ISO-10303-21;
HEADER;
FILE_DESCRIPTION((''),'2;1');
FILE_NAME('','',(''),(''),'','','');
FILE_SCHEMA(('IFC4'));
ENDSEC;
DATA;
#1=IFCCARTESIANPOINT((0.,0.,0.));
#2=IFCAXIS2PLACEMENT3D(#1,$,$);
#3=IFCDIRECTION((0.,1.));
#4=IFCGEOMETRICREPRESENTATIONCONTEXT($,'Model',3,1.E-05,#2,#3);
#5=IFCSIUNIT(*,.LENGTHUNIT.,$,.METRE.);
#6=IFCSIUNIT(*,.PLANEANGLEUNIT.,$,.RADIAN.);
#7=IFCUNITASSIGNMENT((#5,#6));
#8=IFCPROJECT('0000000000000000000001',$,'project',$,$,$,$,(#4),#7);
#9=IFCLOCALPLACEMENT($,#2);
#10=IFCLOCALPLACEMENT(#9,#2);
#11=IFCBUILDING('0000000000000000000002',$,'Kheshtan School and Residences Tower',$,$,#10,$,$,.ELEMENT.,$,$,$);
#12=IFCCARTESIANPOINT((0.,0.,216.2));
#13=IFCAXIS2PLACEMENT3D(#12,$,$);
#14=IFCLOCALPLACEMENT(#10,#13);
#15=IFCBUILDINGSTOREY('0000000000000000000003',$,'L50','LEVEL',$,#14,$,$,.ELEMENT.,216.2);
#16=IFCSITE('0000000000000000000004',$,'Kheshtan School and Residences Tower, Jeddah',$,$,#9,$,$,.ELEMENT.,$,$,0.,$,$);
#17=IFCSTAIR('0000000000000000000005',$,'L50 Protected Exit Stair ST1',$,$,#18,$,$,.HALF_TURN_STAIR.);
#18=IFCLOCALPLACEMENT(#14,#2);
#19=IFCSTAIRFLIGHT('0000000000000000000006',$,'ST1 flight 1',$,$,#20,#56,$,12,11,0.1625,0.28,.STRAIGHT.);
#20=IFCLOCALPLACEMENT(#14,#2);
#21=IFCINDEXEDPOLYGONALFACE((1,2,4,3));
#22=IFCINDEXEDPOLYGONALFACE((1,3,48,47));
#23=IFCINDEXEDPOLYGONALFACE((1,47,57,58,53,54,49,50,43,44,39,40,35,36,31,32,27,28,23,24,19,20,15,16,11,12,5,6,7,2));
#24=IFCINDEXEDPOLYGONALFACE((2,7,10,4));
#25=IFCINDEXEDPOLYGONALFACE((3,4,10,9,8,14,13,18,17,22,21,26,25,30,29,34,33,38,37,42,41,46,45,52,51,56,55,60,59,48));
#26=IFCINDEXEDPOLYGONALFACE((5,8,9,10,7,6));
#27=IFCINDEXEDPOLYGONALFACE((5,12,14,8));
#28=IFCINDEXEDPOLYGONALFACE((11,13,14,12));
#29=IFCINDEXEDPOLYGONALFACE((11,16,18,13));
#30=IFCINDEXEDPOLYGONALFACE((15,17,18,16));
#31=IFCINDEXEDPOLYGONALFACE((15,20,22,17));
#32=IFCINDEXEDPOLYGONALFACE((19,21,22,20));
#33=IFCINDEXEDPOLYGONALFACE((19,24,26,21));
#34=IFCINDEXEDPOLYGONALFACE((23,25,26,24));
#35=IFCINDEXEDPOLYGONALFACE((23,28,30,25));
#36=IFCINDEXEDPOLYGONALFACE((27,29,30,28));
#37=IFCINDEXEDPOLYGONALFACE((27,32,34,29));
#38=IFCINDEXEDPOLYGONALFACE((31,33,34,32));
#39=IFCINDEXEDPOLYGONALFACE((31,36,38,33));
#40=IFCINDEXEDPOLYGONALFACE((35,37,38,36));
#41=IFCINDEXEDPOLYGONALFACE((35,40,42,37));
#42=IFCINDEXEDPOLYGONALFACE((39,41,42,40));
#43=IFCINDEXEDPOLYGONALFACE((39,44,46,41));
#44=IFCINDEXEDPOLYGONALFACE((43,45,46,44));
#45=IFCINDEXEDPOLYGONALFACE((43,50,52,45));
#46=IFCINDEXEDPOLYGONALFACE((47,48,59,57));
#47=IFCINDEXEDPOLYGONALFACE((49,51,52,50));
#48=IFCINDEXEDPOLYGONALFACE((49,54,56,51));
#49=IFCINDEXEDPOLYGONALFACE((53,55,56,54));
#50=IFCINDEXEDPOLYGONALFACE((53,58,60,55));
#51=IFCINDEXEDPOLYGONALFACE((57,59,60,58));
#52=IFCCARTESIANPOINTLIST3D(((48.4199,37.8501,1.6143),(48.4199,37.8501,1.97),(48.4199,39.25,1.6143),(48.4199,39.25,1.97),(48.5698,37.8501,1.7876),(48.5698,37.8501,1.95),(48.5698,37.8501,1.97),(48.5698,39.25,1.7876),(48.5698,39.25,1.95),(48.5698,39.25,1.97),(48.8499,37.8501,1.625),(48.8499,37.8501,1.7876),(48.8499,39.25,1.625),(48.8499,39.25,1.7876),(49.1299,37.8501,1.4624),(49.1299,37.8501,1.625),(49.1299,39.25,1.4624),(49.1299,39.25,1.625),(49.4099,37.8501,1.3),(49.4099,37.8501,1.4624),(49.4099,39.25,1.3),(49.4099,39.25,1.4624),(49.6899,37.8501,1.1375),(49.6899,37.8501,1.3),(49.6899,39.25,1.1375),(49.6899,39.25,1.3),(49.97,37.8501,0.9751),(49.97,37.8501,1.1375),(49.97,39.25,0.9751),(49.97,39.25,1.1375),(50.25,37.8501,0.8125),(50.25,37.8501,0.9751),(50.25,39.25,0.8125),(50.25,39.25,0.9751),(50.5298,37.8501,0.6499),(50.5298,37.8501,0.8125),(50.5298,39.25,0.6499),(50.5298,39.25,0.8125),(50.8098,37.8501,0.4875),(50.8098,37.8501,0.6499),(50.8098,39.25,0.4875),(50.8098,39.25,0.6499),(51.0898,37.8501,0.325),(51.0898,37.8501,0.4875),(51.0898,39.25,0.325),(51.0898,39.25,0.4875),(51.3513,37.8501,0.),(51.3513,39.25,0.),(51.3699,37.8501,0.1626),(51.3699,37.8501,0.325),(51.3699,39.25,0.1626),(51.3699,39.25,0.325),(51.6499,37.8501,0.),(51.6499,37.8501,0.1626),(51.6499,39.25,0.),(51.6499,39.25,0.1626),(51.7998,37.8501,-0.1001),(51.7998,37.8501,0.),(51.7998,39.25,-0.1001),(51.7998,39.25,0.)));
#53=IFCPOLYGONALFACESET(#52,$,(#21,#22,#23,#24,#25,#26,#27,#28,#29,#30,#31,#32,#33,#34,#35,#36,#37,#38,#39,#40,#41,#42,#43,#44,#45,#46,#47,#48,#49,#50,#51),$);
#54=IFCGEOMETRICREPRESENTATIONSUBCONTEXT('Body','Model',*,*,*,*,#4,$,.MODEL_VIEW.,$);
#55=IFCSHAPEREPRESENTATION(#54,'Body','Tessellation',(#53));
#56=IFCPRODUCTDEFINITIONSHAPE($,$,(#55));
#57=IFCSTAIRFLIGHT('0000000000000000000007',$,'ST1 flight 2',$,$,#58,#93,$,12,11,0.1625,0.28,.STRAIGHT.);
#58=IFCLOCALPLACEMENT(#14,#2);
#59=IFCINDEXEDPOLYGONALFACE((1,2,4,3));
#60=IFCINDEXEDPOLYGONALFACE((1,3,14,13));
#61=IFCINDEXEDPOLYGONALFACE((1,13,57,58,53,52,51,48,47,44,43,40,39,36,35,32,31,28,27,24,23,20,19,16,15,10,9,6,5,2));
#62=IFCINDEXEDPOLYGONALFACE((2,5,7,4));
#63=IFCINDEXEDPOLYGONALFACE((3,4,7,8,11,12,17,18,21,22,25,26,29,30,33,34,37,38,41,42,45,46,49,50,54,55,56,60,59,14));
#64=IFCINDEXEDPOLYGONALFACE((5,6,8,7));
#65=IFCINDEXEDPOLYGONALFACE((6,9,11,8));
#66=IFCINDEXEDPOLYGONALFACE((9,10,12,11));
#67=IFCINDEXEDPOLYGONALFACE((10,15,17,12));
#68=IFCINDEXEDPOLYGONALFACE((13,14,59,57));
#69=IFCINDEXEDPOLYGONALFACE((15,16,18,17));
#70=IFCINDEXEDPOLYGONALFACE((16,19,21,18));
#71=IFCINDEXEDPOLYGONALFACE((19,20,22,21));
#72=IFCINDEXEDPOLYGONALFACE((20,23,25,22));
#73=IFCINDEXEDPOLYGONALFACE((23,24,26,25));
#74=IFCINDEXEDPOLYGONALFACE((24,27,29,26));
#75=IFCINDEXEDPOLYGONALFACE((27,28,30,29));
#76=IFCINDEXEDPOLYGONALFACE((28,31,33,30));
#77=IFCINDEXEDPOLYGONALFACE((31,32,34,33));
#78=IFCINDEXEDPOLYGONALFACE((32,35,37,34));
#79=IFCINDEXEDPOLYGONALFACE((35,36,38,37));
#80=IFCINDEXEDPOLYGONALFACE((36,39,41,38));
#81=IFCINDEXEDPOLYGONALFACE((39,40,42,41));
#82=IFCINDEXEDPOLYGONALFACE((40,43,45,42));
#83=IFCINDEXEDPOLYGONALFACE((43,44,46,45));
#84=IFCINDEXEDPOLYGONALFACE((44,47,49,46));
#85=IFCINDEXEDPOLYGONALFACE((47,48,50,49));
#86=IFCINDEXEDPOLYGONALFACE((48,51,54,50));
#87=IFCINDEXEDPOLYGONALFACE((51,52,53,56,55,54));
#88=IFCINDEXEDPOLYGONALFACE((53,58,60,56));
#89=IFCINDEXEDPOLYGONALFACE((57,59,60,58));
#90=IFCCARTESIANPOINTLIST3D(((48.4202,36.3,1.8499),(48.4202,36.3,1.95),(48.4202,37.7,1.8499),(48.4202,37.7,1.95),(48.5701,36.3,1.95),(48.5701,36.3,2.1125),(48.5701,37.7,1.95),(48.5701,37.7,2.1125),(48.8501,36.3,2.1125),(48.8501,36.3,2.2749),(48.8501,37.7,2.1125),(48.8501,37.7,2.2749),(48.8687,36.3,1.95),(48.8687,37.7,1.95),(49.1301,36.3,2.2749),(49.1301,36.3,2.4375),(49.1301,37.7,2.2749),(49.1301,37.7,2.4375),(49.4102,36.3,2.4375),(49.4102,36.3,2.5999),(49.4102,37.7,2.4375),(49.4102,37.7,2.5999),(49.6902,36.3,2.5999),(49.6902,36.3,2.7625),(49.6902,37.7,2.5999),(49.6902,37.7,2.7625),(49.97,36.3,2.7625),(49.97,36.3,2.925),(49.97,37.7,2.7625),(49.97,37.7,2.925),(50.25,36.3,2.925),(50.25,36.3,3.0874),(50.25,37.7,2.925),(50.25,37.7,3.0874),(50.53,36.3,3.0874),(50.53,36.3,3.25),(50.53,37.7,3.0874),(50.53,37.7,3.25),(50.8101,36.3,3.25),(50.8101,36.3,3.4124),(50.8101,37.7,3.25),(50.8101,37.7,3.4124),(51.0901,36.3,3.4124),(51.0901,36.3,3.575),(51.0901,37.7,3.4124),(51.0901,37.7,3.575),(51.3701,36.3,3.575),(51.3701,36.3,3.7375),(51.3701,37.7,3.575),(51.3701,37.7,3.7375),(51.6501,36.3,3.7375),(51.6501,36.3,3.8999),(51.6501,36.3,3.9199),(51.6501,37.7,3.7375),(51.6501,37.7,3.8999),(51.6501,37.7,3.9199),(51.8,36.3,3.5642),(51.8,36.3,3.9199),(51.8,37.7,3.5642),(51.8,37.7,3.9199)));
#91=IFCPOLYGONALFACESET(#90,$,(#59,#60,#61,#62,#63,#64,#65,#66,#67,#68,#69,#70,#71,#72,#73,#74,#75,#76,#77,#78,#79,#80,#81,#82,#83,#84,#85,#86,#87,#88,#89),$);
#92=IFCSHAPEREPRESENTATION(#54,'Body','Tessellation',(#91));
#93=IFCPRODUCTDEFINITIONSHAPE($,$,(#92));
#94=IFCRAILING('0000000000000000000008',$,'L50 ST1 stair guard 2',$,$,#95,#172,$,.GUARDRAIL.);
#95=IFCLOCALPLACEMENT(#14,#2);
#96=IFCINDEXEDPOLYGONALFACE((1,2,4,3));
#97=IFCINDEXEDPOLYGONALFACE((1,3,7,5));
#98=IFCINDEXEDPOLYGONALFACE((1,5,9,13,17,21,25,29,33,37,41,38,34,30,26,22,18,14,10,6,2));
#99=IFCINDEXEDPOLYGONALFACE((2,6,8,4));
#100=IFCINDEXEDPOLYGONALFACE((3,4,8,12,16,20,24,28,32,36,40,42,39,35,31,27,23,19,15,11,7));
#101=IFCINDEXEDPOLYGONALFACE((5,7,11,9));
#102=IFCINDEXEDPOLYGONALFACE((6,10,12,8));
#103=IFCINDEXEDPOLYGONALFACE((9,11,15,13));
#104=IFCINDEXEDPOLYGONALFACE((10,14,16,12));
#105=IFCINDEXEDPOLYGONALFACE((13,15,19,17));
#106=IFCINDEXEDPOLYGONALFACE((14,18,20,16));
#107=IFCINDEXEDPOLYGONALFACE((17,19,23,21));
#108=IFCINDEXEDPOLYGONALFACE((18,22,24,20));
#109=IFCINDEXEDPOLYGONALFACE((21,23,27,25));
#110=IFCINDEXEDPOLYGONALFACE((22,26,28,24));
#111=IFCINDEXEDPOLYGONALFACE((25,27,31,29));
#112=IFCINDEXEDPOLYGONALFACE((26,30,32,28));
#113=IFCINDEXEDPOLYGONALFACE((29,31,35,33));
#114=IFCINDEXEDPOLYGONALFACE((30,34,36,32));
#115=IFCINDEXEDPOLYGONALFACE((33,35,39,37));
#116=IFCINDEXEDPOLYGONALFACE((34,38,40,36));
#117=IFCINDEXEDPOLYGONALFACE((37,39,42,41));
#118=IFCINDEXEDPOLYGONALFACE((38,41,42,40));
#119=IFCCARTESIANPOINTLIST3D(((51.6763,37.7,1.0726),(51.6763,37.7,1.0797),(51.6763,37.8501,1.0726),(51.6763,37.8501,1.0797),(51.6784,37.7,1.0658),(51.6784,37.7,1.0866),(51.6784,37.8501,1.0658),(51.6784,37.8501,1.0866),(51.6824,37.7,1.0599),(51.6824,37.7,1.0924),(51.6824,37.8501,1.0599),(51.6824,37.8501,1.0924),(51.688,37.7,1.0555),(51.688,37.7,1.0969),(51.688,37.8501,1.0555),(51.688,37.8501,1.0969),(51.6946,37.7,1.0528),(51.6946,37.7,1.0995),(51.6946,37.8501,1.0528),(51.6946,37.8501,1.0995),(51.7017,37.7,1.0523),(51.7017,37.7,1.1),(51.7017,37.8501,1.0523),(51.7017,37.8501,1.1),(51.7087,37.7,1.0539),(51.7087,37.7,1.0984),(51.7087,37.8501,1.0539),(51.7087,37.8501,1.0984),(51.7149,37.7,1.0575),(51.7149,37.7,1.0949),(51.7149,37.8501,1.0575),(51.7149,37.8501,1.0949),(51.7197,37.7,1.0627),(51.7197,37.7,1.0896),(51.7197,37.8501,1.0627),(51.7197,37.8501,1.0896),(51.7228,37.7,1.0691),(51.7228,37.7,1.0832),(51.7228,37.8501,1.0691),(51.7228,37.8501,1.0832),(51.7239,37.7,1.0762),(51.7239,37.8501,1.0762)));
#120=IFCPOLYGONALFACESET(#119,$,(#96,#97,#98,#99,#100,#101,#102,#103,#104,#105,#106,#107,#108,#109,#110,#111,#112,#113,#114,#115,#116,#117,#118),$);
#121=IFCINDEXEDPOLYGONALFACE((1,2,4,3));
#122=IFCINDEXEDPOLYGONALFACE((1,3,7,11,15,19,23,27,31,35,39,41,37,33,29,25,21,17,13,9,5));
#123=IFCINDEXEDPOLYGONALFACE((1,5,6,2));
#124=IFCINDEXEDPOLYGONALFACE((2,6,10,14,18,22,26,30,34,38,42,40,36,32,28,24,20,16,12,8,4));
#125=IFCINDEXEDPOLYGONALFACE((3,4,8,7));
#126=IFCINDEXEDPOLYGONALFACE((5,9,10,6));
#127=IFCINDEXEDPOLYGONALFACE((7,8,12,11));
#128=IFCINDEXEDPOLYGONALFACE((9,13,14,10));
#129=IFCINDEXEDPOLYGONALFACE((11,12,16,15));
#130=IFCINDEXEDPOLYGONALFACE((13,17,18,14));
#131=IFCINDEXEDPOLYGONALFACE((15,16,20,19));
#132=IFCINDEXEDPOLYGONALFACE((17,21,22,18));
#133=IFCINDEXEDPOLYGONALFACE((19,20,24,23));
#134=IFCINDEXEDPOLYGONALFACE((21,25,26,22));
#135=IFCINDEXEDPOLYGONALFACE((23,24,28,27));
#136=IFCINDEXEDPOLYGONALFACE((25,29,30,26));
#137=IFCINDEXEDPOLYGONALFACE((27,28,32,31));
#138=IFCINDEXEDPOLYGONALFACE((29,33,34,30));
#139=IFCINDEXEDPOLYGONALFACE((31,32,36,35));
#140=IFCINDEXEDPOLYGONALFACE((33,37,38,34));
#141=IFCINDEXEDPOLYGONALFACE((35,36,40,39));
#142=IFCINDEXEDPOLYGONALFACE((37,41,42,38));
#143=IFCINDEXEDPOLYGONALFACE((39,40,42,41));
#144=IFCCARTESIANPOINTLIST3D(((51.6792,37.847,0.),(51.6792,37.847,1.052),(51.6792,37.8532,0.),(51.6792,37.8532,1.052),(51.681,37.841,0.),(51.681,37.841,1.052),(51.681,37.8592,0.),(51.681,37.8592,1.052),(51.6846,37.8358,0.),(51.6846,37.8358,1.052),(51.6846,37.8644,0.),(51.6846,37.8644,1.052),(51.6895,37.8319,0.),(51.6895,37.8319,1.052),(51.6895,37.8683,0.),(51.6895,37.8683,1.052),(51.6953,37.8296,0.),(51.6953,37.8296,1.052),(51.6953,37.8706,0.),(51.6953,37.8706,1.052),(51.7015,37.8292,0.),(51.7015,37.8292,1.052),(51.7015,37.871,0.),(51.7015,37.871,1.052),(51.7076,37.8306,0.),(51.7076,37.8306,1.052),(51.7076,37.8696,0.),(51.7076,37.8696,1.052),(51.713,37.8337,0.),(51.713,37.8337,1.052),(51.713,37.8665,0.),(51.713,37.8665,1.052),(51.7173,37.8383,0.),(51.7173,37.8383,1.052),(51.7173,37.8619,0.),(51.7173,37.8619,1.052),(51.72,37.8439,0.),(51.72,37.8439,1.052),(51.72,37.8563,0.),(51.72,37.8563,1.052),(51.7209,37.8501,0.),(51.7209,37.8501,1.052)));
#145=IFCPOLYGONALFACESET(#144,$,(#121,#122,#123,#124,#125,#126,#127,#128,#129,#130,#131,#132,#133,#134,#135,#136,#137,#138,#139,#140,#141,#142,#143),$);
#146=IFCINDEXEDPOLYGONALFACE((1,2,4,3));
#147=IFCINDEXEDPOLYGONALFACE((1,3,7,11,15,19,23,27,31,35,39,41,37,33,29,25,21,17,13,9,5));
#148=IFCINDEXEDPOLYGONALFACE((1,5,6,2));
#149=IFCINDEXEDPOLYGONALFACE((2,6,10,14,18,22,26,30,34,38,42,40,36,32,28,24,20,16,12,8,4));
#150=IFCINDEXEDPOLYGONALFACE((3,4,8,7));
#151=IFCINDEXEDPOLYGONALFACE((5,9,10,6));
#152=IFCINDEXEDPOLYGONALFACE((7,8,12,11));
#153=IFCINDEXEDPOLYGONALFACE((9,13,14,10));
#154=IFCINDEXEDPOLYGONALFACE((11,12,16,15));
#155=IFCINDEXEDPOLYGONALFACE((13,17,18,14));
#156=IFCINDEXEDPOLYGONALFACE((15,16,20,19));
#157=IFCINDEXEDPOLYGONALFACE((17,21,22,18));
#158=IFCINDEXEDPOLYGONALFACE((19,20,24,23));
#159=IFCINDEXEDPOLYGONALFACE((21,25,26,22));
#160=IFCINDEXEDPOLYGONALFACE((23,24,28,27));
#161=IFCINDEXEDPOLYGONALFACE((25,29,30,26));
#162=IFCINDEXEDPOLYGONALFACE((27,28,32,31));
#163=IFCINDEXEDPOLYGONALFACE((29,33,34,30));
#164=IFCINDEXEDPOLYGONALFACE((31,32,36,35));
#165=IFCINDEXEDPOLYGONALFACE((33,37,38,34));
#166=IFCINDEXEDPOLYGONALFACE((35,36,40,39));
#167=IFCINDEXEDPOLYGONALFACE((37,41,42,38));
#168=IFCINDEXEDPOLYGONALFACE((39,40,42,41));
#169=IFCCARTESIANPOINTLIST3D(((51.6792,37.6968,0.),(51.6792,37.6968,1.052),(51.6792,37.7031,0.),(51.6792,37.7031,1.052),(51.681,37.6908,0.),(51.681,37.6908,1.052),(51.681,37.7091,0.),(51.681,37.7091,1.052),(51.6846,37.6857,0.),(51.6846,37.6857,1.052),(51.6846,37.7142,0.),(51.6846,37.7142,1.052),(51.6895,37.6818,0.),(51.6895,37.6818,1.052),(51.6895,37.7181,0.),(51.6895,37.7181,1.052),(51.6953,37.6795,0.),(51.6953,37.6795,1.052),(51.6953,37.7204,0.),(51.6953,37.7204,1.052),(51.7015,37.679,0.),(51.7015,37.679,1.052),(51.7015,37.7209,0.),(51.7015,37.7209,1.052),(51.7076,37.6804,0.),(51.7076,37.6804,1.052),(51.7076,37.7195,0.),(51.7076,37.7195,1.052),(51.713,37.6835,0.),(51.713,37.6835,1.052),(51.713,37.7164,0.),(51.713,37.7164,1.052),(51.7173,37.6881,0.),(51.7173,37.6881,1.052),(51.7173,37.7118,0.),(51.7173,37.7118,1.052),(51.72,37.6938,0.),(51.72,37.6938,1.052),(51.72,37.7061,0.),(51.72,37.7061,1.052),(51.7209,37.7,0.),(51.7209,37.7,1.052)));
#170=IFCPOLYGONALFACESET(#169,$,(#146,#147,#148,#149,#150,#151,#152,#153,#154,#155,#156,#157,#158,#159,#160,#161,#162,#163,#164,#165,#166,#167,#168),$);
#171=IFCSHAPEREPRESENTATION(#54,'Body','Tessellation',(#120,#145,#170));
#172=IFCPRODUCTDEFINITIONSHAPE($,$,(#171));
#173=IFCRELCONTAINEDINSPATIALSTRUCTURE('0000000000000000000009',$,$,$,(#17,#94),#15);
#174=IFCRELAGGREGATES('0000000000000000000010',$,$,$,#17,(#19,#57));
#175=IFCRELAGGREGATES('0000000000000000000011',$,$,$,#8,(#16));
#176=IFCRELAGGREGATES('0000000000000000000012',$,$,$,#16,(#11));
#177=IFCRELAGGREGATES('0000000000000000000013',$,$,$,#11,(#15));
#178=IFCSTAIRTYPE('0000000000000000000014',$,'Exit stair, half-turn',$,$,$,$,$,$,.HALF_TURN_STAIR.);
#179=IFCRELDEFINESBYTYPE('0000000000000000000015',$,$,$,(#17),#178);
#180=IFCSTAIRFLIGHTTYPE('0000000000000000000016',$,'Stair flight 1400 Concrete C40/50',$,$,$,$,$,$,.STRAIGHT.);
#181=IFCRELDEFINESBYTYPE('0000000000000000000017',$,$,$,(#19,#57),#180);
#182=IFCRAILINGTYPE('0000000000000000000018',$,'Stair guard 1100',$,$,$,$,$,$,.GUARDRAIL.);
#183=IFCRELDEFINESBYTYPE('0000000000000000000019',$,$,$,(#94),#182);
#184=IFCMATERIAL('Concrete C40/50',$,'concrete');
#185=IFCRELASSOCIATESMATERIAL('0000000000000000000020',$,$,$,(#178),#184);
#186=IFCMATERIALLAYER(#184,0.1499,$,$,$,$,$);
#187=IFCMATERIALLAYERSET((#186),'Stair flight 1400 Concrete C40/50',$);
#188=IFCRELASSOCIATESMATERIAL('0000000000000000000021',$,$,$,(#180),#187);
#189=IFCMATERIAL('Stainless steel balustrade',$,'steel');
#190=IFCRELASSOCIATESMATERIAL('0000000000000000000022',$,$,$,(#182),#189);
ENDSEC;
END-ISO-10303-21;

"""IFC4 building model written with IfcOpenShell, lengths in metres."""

from ifc_helpers import new_model, si_unit, direction, frame, origin, origin_2d, place, context, subcontext, project, spatial, polyline, circle, outline, extrude, material, layer, layer_set, type_object, element, aggregate, save


model = new_model("IFC4")

# Units and contexts
model_context = context("Model", 3, precision=1e-05, world=origin(), true_north=direction((0.0, 1.0)))
body_context = subcontext(model_context, "Body", "Model", "MODEL_VIEW")
ifc_project = project(units=[si_unit("LENGTHUNIT", "METRE"), si_unit("PLANEANGLEUNIT", "RADIAN")], contexts=[model_context])

# Site, building, storey
site_placement = place(None, origin())
site = spatial("IfcSite", under=ifc_project, at=site_placement, Name="Kheshtan School and Residences Tower, Jeddah", CompositionType="ELEMENT", RefElevation=0.0)
building_placement = place(site_placement, origin())
building = spatial("IfcBuilding", under=site, at=building_placement, Name="Kheshtan School and Residences Tower", CompositionType="ELEMENT")
storey_placement = place(building_placement, frame((0.0, 0.0, 216.2)))
storey = spatial("IfcBuildingStorey", under=building, at=storey_placement, Name="L50", Description="LEVEL", CompositionType="ELEMENT", Elevation=216.2)

# Shared definitions
ifc_material_1 = material(Name="Concrete C40/50", Category="concrete")

# Stair, stair flights
stair_type = type_object("IfcStairType", Name="Exit stair, half-turn", PredefinedType="HALF_TURN_STAIR", material=ifc_material_1)
stair_placement = place(storey_placement, origin())
stair = element("IfcStair", 1, at=stair_placement, inside=storey, type_object=stair_type, Name="L50 Protected Exit Stair ST1", PredefinedType="HALF_TURN_STAIR")
ifc_layer_1 = layer(ifc_material_1, 0.1499)
ifc_layer_set_1 = layer_set([ifc_layer_1], Name="Stair flight 1400 Concrete C40/50")
stair_flight_type = type_object("IfcStairFlightType", Name="Stair flight 1400 Concrete C40/50", PredefinedType="STRAIGHT", material=ifc_layer_set_1)
stair_flight_1_placement = place(storey_placement, frame((51.6499, 38.55, 0.0), z_axis=(0.0, 0.0, 1.0), x_axis=(-1.0, 0.0, 0.0)))
stair_flight_1 = element("IfcStairFlight", 2, at=stair_flight_1_placement, type_object=stair_flight_type, Name="ST1 flight 1", NumberOfRisers=12, NumberOfTreads=11, PredefinedType="STRAIGHT", RiserHeight=0.1625, TreadLength=0.28, context=body_context, shape_type="SweptSolid", body=[
    extrude(outline(polyline([(-0.1499, -0.1001), (-0.1499, 0.0), (0.0, 0.0), (0.0, 0.1626), (0.28, 0.1626), (0.28, 0.325), (0.5601, 0.325), (0.5601, 0.4875), (0.8401, 0.4875), (0.8401, 0.6499), (1.1201, 0.6499), (1.1201, 0.8125), (1.3999, 0.8125), (1.3999, 0.9751), (1.6799, 0.9751), (1.6799, 1.1375), (1.96, 1.1375), (1.96, 1.3), (2.24, 1.3), (2.24, 1.4624), (2.52, 1.4624), (2.52, 1.625), (2.8, 1.625), (2.8, 1.7876), (3.0801, 1.7876), (3.0801, 1.95), (3.0801, 1.97), (3.23, 1.97), (3.23, 1.6143), (0.2986, 0.0), (-0.1499, -0.1001)])), frame((0.0, 0.7, 0.0), z_axis=(0.0, -1.0, 0.0), x_axis=(1.0, 0.0, 0.0)), (0.0, 0.0, 1.0), 1.3999),
])
stair_flight_2_placement = place(storey_placement, frame((48.5701, 37.0, 1.95), z_axis=(0.0, 0.0, 1.0), x_axis=(1.0, 0.0, 0.0)))
stair_flight_2 = element("IfcStairFlight", 3, at=stair_flight_2_placement, type_object=stair_flight_type, Name="ST1 flight 2", NumberOfRisers=12, NumberOfTreads=11, PredefinedType="STRAIGHT", RiserHeight=0.1625, TreadLength=0.28, context=body_context, shape_type="SweptSolid", body=[
    extrude(outline(polyline([(-0.1499, -0.1001), (-0.1499, 0.0), (0.0, 0.0), (0.0, 0.1626), (0.28, 0.1626), (0.28, 0.325), (0.5601, 0.325), (0.5601, 0.4875), (0.8401, 0.4875), (0.8401, 0.6499), (1.1201, 0.6499), (1.1201, 0.8125), (1.3999, 0.8125), (1.3999, 0.9751), (1.6799, 0.9751), (1.6799, 1.1375), (1.96, 1.1375), (1.96, 1.3), (2.24, 1.3), (2.24, 1.4624), (2.52, 1.4624), (2.52, 1.625), (2.8, 1.625), (2.8, 1.7876), (3.0801, 1.7876), (3.0801, 1.95), (3.0801, 1.97), (3.23, 1.97), (3.23, 1.6143), (0.2986, 0.0), (-0.1499, -0.1001)])), frame((0.0, 0.7, 0.0), z_axis=(0.0, -1.0, 0.0), x_axis=(1.0, 0.0, 0.0)), (0.0, 0.0, 1.0), 1.3999),
])
aggregate(stair, [stair_flight_1, stair_flight_2])

# Railing
ifc_material_2 = material(Name="Stainless steel balustrade", Category="steel")
railing_type_1 = type_object("IfcRailingType", Name="Stair guard 1100", PredefinedType="GUARDRAIL", material=ifc_material_2)
railing_1_placement = place(storey_placement, frame((51.7, 37.8501, 0.0)))
element("IfcRailing", 4, at=railing_1_placement, inside=storey, type_object=railing_type_1, Name="L50 ST1 stair guard 2", PredefinedType="GUARDRAIL", context=body_context, shape_type="SweptSolid", body=[
    extrude(circle(Radius=0.0239, at=origin_2d()), frame((0.0, 0.0, 1.0762), z_axis=(0.0, -1.0, 0.0), x_axis=(1.0, 0.0, 0.0)), (0.0, 0.0, 1.0), 0.1501),
    extrude(circle(Radius=0.021, at=origin_2d()), origin(), (0.0, 0.0, 1.0), 1.052),
    extrude(circle(Radius=0.021, at=origin_2d()), frame((0.0, -0.1501, 0.0)), (0.0, 0.0, 1.0), 1.052),
])

save(model, "model.ifc")
